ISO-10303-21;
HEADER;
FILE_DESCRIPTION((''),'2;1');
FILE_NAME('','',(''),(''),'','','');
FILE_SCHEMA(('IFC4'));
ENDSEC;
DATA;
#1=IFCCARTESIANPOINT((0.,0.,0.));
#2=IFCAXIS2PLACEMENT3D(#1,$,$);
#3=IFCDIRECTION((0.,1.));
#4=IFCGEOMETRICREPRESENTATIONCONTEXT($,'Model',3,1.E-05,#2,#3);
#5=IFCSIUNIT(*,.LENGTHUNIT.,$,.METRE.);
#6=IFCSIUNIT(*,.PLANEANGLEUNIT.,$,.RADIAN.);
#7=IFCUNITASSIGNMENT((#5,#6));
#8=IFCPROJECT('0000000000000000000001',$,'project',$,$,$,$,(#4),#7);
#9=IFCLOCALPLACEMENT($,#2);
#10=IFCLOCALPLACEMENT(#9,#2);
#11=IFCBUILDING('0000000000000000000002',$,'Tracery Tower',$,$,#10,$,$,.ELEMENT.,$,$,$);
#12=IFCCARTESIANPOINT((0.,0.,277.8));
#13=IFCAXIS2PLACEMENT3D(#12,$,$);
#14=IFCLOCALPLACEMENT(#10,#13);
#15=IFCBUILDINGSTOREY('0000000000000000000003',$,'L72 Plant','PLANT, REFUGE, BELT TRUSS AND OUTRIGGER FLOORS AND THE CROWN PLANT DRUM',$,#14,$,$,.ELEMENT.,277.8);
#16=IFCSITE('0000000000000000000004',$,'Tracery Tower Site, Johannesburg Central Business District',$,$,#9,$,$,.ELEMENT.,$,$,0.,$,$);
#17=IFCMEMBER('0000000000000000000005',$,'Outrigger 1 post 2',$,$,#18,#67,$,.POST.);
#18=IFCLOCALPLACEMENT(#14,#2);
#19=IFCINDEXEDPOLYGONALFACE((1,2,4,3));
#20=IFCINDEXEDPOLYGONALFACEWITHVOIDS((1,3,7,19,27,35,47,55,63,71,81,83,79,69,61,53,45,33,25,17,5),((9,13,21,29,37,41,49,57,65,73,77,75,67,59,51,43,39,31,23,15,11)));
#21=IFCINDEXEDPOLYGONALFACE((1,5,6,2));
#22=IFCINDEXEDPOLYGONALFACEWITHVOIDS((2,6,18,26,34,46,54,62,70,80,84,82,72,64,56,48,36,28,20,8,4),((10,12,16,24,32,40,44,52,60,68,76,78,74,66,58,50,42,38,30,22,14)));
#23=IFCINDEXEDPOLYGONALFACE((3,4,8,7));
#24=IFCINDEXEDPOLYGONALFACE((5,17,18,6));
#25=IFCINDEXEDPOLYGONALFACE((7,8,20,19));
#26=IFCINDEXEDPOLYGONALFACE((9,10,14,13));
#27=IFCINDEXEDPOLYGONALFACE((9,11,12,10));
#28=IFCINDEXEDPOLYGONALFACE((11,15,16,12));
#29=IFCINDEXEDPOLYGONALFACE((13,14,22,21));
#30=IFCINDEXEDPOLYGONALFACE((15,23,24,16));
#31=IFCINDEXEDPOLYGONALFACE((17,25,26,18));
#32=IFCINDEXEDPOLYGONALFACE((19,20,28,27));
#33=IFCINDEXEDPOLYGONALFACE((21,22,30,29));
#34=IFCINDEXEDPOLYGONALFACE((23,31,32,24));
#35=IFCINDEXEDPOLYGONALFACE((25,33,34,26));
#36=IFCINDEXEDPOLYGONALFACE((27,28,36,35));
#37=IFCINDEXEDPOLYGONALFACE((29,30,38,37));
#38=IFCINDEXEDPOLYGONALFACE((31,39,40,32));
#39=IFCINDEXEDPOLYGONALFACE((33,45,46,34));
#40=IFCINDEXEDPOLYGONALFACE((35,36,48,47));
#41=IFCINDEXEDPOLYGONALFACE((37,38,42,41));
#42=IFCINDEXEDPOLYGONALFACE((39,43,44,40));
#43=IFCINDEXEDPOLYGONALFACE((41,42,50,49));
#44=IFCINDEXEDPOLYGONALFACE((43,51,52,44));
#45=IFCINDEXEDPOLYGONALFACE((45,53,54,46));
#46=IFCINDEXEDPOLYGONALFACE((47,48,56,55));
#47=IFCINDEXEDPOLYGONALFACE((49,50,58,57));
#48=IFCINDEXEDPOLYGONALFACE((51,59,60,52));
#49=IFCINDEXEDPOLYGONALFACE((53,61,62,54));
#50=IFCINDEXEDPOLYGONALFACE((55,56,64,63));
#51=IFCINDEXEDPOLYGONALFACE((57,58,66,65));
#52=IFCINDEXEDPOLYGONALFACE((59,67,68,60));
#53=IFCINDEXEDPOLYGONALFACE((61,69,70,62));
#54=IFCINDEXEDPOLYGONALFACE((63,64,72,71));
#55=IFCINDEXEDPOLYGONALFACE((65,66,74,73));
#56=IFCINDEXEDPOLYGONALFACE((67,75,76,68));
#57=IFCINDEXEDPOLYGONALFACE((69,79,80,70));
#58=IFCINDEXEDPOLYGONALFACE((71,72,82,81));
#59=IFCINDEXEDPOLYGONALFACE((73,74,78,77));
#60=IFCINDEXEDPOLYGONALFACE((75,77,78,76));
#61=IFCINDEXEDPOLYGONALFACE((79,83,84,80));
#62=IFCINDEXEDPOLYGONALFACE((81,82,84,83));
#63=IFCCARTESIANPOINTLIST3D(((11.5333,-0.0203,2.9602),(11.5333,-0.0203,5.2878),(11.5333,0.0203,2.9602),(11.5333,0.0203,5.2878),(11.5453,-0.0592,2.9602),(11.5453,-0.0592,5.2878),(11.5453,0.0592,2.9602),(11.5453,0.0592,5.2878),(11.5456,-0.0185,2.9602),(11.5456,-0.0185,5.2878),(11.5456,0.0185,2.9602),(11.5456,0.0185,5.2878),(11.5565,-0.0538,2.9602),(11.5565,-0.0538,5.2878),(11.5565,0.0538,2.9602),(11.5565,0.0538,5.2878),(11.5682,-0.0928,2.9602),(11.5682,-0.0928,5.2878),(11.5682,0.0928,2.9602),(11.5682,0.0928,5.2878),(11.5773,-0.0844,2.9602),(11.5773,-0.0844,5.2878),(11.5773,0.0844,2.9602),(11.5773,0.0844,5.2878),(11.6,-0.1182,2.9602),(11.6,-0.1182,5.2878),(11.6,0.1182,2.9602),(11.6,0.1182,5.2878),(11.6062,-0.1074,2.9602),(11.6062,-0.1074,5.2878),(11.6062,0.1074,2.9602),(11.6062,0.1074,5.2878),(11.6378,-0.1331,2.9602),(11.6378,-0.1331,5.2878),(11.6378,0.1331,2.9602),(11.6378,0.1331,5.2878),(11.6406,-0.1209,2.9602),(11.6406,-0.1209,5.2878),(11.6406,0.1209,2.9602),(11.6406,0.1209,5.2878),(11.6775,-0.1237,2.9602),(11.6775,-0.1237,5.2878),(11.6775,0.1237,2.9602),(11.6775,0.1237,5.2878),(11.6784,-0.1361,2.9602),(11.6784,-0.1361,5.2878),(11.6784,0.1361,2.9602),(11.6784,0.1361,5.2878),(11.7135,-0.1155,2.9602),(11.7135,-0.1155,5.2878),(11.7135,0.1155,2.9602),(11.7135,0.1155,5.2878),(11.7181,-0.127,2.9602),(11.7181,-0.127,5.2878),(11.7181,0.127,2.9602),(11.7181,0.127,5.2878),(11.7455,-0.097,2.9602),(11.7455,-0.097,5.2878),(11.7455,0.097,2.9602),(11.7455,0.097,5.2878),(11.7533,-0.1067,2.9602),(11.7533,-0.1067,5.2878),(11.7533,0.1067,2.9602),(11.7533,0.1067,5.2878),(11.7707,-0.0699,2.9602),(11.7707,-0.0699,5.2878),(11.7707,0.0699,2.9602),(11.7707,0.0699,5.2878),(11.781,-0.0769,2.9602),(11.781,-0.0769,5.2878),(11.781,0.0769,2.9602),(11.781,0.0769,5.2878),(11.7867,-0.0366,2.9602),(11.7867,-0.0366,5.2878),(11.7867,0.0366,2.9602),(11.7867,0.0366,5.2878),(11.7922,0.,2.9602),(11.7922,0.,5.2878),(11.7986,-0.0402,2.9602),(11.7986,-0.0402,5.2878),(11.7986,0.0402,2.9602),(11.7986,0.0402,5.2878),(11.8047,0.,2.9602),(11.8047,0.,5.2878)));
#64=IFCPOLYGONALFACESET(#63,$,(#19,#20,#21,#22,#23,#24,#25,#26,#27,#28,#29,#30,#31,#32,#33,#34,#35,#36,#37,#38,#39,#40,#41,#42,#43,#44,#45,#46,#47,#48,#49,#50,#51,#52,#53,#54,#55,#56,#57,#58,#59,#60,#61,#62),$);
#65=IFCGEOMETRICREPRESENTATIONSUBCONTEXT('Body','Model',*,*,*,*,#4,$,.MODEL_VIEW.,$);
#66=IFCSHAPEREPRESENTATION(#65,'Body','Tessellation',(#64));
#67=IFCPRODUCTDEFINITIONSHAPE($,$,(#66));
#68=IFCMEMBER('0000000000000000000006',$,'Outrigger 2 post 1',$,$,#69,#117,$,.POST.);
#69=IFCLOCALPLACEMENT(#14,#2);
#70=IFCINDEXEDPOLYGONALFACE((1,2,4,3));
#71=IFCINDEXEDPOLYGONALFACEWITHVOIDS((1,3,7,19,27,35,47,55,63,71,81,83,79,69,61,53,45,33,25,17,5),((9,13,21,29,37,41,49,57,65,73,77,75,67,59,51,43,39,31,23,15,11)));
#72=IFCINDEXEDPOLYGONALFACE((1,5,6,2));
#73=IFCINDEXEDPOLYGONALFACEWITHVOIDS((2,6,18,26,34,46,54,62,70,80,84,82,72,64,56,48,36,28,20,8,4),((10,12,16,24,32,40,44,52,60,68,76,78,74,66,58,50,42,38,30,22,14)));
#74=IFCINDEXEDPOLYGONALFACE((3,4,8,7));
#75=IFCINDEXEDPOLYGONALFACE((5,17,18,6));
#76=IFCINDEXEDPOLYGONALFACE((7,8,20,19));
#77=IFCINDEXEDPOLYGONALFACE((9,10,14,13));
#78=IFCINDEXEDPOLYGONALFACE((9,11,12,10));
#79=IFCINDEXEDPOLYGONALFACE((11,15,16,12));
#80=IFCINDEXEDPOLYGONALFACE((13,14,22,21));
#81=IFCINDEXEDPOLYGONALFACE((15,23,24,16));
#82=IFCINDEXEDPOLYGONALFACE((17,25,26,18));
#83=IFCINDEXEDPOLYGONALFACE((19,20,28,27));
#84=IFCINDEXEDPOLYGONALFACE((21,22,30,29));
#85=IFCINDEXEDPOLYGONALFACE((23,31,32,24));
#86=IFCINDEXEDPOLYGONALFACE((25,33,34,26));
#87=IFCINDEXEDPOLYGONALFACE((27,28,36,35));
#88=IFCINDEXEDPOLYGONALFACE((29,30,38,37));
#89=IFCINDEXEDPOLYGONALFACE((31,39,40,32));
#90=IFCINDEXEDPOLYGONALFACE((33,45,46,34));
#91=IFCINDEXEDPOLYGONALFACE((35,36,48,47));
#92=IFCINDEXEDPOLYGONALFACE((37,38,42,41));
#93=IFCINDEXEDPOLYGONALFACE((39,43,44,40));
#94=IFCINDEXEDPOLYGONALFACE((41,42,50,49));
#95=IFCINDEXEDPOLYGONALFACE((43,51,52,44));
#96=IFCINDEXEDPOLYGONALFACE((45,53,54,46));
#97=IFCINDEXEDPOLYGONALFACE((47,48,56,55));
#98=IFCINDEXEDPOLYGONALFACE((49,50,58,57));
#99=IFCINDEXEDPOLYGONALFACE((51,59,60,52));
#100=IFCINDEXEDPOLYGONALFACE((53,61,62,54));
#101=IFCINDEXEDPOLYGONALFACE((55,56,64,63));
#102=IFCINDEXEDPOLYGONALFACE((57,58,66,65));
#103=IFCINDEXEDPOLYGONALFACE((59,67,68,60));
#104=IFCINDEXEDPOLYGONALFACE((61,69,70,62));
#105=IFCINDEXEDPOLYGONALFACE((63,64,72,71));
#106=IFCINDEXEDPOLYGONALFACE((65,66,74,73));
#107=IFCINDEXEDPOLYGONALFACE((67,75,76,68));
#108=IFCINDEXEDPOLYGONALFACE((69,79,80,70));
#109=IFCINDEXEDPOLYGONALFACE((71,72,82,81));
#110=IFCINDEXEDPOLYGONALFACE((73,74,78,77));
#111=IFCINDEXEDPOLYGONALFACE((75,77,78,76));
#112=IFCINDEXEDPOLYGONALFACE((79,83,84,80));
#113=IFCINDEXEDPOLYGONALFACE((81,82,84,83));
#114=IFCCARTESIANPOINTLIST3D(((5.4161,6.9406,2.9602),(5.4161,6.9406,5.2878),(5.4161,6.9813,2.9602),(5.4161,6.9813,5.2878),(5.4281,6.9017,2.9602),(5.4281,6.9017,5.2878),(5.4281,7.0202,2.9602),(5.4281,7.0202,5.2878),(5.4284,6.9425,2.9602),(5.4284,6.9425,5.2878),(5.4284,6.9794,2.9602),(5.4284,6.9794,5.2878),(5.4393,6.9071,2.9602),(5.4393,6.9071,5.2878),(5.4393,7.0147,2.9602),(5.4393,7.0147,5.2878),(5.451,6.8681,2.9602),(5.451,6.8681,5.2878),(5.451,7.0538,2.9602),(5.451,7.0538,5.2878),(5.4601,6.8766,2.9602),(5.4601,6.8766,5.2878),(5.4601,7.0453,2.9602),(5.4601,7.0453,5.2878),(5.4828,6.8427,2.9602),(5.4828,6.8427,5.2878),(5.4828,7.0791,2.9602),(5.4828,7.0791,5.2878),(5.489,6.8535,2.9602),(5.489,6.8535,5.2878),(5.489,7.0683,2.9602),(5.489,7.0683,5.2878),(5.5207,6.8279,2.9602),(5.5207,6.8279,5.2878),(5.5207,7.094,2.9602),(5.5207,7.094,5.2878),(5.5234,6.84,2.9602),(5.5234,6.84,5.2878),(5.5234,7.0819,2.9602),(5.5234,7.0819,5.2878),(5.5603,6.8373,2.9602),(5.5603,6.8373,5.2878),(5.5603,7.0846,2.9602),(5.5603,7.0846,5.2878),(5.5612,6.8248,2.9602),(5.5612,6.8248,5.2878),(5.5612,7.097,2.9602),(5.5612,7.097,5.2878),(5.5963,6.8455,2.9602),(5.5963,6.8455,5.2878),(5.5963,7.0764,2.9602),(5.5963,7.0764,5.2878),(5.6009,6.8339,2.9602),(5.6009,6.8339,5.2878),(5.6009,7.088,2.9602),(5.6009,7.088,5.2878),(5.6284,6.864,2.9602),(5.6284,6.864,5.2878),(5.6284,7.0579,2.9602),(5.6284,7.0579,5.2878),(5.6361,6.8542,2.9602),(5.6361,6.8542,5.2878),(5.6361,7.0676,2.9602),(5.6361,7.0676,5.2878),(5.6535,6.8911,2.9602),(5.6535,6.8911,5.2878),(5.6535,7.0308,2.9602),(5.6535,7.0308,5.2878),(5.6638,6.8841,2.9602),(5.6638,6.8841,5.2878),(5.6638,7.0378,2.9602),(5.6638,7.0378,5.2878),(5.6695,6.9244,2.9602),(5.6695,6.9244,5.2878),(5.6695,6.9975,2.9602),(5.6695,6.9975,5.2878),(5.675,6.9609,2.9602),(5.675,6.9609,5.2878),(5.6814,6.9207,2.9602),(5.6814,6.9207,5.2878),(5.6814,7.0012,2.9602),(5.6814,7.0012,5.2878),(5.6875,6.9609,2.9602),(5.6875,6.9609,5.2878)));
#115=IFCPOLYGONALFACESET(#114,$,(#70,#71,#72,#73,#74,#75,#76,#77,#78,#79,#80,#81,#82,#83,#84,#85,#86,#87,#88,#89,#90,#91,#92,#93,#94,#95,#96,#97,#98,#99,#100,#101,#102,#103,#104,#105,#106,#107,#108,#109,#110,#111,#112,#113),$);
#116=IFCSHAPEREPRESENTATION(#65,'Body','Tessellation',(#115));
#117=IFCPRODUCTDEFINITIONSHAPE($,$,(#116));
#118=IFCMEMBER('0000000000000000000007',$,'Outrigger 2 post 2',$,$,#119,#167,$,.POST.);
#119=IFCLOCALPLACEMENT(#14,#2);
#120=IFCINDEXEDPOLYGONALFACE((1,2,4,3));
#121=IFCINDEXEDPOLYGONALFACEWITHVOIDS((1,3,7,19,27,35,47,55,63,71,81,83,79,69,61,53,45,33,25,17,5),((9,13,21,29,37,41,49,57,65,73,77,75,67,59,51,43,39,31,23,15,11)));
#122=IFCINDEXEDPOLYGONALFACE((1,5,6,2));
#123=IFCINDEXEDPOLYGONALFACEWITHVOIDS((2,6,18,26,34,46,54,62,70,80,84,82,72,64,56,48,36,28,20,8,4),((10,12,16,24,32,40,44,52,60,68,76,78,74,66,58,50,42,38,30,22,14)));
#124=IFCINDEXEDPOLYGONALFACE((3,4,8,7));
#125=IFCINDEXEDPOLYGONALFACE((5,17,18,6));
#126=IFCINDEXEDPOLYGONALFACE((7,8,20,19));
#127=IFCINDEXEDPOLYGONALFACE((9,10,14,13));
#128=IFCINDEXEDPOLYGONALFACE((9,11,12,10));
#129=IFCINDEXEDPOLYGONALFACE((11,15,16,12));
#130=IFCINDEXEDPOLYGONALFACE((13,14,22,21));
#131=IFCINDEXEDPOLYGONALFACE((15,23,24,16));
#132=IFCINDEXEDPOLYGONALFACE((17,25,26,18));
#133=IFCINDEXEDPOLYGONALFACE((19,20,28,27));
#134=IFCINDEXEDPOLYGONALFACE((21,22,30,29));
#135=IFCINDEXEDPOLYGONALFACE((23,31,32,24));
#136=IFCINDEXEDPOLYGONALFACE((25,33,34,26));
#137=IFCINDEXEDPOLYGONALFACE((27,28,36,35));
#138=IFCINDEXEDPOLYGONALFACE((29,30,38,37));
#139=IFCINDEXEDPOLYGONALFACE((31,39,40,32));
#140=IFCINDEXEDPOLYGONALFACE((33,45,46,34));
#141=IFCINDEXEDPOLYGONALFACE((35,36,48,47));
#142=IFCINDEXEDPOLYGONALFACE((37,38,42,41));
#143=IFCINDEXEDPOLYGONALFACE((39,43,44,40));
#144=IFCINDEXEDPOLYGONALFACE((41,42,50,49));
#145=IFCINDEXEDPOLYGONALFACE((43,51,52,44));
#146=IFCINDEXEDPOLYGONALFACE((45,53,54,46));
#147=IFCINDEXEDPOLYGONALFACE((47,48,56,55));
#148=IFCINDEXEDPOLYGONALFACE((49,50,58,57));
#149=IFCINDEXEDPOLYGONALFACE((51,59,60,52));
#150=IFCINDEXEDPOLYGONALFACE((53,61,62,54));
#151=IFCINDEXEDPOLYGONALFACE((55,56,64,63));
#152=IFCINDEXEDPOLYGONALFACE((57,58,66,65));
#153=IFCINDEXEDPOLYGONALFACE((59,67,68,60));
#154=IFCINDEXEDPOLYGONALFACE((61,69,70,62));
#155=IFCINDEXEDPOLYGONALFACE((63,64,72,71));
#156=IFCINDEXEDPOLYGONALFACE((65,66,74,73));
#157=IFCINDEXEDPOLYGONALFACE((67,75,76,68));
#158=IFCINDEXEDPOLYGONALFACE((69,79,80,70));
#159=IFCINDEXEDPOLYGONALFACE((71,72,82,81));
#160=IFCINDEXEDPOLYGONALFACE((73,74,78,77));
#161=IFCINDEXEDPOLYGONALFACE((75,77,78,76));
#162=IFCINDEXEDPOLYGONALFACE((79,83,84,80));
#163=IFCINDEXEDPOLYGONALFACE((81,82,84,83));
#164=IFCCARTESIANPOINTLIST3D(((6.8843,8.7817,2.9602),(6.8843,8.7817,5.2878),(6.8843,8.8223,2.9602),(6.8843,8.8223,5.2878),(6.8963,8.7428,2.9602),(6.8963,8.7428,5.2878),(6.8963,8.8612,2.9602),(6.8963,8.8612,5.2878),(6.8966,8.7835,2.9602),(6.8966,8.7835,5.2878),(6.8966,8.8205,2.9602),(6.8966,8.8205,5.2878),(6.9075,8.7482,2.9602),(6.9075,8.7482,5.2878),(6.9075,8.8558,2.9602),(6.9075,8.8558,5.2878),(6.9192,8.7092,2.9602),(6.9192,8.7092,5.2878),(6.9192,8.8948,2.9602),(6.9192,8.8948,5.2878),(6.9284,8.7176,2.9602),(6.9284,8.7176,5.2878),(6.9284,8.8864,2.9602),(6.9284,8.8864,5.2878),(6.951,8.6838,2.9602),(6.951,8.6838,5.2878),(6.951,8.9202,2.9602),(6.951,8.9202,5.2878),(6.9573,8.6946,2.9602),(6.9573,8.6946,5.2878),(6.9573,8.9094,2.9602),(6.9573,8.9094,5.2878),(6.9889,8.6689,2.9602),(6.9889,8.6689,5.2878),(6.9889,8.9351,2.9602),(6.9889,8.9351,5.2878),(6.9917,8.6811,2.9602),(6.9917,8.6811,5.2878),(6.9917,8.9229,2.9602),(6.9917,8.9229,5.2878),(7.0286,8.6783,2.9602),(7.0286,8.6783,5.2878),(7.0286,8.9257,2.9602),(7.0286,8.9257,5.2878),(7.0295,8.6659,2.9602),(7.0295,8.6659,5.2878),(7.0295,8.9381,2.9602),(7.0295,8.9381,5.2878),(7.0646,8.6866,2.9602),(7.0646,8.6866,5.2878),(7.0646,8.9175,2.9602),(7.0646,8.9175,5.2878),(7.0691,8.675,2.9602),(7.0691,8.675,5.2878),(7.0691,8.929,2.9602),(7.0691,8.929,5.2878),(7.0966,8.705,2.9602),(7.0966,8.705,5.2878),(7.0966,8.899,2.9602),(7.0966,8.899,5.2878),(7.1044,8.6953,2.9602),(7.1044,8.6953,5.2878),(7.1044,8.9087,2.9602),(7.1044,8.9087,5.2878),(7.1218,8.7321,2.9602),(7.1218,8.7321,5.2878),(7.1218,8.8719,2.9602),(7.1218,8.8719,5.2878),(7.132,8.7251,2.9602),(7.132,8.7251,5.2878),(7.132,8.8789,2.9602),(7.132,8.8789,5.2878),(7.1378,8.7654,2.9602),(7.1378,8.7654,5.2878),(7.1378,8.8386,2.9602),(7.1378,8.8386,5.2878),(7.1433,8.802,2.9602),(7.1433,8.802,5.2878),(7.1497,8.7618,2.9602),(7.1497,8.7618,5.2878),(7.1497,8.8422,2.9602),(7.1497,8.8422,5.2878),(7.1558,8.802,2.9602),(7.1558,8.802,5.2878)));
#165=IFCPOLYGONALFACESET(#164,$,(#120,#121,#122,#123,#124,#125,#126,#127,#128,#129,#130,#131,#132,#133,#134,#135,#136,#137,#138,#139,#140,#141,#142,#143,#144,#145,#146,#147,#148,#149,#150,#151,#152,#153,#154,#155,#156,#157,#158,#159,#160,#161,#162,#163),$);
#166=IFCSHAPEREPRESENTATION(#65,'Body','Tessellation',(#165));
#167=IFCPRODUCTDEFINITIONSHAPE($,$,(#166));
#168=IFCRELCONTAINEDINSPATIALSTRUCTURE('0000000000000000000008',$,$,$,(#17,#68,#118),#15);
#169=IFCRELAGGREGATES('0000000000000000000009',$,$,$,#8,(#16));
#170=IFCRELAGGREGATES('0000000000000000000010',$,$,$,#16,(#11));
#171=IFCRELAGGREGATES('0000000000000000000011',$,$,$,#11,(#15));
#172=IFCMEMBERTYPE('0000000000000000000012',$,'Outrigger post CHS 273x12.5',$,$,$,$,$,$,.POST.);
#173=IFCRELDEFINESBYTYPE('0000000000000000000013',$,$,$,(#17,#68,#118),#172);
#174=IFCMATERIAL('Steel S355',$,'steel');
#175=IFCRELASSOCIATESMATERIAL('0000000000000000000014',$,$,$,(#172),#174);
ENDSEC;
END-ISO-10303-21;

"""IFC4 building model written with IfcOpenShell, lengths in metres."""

from ifc_helpers import new_model, si_unit, direction, frame, origin, origin_2d, place, context, subcontext, project, spatial, hollow_circle, extrude, material, material_profile, profile_set, type_object, element, save


model = new_model("IFC4")

# Units and contexts
model_context = context("Model", 3, precision=1e-05, world=origin(), true_north=direction((0.0, 1.0)))
body_context = subcontext(model_context, "Body", "Model", "MODEL_VIEW")
ifc_project = project(units=[si_unit("LENGTHUNIT", "METRE"), si_unit("PLANEANGLEUNIT", "RADIAN")], contexts=[model_context])

# Site, building, storey
site_placement = place(None, origin())
site = spatial("IfcSite", under=ifc_project, at=site_placement, Name="Tracery Tower Site, Johannesburg Central Business District", CompositionType="ELEMENT", RefElevation=0.0)
building_placement = place(site_placement, origin())
building = spatial("IfcBuilding", under=site, at=building_placement, Name="Tracery Tower", CompositionType="ELEMENT")
storey_placement = place(building_placement, frame((0.0, 0.0, 277.8)))
storey = spatial("IfcBuildingStorey", under=building, at=storey_placement, Name="L72 Plant", Description="PLANT, REFUGE, BELT TRUSS AND OUTRIGGER FLOORS AND THE CROWN PLANT DRUM", CompositionType="ELEMENT", Elevation=277.8)

# Members
ifc_material_1 = material(Name="Steel S355", Category="steel")
ifc_material_profile_1 = material_profile(ifc_material_1, hollow_circle(Radius=0.1365, WallThickness=0.0125, at=origin_2d()), Name="CHS 273x12.5")
ifc_profile_set_1 = profile_set([ifc_material_profile_1], Name="Steel S355")
member_type_1 = type_object("IfcMemberType", Name="Outrigger post CHS 273x12.5", PredefinedType="POST", material=ifc_profile_set_1)
for number, where, z_axis, x_axis, name in (
    (1, (11.6682, 0.0, 2.9602), (0.0, 0.0, 1.0), (1.0, 0.0, 0.0), "Outrigger 1 post 2"),
    (2, (5.551, 6.9609, 2.9602), (0.0, 0.0, 1.0), (1.0, 0.0, 0.0), "Outrigger 2 post 1"),
    (3, (7.0193, 8.802, 2.9602), (0.0, 0.0, 1.0), (1.0, 0.0, 0.0), "Outrigger 2 post 2"),
):
    element("IfcMember", number, at=place(storey_placement, frame(where, z_axis=z_axis, x_axis=x_axis)), inside=storey, type_object=member_type_1, Name=name, PredefinedType="POST", context=body_context, shape_type="SweptSolid", body=[
        extrude(hollow_circle(Radius=0.1365, WallThickness=0.0125, at=origin_2d()), origin(), (0.0, 0.0, 1.0), 2.3276),
    ])

save(model, "model.ifc")
